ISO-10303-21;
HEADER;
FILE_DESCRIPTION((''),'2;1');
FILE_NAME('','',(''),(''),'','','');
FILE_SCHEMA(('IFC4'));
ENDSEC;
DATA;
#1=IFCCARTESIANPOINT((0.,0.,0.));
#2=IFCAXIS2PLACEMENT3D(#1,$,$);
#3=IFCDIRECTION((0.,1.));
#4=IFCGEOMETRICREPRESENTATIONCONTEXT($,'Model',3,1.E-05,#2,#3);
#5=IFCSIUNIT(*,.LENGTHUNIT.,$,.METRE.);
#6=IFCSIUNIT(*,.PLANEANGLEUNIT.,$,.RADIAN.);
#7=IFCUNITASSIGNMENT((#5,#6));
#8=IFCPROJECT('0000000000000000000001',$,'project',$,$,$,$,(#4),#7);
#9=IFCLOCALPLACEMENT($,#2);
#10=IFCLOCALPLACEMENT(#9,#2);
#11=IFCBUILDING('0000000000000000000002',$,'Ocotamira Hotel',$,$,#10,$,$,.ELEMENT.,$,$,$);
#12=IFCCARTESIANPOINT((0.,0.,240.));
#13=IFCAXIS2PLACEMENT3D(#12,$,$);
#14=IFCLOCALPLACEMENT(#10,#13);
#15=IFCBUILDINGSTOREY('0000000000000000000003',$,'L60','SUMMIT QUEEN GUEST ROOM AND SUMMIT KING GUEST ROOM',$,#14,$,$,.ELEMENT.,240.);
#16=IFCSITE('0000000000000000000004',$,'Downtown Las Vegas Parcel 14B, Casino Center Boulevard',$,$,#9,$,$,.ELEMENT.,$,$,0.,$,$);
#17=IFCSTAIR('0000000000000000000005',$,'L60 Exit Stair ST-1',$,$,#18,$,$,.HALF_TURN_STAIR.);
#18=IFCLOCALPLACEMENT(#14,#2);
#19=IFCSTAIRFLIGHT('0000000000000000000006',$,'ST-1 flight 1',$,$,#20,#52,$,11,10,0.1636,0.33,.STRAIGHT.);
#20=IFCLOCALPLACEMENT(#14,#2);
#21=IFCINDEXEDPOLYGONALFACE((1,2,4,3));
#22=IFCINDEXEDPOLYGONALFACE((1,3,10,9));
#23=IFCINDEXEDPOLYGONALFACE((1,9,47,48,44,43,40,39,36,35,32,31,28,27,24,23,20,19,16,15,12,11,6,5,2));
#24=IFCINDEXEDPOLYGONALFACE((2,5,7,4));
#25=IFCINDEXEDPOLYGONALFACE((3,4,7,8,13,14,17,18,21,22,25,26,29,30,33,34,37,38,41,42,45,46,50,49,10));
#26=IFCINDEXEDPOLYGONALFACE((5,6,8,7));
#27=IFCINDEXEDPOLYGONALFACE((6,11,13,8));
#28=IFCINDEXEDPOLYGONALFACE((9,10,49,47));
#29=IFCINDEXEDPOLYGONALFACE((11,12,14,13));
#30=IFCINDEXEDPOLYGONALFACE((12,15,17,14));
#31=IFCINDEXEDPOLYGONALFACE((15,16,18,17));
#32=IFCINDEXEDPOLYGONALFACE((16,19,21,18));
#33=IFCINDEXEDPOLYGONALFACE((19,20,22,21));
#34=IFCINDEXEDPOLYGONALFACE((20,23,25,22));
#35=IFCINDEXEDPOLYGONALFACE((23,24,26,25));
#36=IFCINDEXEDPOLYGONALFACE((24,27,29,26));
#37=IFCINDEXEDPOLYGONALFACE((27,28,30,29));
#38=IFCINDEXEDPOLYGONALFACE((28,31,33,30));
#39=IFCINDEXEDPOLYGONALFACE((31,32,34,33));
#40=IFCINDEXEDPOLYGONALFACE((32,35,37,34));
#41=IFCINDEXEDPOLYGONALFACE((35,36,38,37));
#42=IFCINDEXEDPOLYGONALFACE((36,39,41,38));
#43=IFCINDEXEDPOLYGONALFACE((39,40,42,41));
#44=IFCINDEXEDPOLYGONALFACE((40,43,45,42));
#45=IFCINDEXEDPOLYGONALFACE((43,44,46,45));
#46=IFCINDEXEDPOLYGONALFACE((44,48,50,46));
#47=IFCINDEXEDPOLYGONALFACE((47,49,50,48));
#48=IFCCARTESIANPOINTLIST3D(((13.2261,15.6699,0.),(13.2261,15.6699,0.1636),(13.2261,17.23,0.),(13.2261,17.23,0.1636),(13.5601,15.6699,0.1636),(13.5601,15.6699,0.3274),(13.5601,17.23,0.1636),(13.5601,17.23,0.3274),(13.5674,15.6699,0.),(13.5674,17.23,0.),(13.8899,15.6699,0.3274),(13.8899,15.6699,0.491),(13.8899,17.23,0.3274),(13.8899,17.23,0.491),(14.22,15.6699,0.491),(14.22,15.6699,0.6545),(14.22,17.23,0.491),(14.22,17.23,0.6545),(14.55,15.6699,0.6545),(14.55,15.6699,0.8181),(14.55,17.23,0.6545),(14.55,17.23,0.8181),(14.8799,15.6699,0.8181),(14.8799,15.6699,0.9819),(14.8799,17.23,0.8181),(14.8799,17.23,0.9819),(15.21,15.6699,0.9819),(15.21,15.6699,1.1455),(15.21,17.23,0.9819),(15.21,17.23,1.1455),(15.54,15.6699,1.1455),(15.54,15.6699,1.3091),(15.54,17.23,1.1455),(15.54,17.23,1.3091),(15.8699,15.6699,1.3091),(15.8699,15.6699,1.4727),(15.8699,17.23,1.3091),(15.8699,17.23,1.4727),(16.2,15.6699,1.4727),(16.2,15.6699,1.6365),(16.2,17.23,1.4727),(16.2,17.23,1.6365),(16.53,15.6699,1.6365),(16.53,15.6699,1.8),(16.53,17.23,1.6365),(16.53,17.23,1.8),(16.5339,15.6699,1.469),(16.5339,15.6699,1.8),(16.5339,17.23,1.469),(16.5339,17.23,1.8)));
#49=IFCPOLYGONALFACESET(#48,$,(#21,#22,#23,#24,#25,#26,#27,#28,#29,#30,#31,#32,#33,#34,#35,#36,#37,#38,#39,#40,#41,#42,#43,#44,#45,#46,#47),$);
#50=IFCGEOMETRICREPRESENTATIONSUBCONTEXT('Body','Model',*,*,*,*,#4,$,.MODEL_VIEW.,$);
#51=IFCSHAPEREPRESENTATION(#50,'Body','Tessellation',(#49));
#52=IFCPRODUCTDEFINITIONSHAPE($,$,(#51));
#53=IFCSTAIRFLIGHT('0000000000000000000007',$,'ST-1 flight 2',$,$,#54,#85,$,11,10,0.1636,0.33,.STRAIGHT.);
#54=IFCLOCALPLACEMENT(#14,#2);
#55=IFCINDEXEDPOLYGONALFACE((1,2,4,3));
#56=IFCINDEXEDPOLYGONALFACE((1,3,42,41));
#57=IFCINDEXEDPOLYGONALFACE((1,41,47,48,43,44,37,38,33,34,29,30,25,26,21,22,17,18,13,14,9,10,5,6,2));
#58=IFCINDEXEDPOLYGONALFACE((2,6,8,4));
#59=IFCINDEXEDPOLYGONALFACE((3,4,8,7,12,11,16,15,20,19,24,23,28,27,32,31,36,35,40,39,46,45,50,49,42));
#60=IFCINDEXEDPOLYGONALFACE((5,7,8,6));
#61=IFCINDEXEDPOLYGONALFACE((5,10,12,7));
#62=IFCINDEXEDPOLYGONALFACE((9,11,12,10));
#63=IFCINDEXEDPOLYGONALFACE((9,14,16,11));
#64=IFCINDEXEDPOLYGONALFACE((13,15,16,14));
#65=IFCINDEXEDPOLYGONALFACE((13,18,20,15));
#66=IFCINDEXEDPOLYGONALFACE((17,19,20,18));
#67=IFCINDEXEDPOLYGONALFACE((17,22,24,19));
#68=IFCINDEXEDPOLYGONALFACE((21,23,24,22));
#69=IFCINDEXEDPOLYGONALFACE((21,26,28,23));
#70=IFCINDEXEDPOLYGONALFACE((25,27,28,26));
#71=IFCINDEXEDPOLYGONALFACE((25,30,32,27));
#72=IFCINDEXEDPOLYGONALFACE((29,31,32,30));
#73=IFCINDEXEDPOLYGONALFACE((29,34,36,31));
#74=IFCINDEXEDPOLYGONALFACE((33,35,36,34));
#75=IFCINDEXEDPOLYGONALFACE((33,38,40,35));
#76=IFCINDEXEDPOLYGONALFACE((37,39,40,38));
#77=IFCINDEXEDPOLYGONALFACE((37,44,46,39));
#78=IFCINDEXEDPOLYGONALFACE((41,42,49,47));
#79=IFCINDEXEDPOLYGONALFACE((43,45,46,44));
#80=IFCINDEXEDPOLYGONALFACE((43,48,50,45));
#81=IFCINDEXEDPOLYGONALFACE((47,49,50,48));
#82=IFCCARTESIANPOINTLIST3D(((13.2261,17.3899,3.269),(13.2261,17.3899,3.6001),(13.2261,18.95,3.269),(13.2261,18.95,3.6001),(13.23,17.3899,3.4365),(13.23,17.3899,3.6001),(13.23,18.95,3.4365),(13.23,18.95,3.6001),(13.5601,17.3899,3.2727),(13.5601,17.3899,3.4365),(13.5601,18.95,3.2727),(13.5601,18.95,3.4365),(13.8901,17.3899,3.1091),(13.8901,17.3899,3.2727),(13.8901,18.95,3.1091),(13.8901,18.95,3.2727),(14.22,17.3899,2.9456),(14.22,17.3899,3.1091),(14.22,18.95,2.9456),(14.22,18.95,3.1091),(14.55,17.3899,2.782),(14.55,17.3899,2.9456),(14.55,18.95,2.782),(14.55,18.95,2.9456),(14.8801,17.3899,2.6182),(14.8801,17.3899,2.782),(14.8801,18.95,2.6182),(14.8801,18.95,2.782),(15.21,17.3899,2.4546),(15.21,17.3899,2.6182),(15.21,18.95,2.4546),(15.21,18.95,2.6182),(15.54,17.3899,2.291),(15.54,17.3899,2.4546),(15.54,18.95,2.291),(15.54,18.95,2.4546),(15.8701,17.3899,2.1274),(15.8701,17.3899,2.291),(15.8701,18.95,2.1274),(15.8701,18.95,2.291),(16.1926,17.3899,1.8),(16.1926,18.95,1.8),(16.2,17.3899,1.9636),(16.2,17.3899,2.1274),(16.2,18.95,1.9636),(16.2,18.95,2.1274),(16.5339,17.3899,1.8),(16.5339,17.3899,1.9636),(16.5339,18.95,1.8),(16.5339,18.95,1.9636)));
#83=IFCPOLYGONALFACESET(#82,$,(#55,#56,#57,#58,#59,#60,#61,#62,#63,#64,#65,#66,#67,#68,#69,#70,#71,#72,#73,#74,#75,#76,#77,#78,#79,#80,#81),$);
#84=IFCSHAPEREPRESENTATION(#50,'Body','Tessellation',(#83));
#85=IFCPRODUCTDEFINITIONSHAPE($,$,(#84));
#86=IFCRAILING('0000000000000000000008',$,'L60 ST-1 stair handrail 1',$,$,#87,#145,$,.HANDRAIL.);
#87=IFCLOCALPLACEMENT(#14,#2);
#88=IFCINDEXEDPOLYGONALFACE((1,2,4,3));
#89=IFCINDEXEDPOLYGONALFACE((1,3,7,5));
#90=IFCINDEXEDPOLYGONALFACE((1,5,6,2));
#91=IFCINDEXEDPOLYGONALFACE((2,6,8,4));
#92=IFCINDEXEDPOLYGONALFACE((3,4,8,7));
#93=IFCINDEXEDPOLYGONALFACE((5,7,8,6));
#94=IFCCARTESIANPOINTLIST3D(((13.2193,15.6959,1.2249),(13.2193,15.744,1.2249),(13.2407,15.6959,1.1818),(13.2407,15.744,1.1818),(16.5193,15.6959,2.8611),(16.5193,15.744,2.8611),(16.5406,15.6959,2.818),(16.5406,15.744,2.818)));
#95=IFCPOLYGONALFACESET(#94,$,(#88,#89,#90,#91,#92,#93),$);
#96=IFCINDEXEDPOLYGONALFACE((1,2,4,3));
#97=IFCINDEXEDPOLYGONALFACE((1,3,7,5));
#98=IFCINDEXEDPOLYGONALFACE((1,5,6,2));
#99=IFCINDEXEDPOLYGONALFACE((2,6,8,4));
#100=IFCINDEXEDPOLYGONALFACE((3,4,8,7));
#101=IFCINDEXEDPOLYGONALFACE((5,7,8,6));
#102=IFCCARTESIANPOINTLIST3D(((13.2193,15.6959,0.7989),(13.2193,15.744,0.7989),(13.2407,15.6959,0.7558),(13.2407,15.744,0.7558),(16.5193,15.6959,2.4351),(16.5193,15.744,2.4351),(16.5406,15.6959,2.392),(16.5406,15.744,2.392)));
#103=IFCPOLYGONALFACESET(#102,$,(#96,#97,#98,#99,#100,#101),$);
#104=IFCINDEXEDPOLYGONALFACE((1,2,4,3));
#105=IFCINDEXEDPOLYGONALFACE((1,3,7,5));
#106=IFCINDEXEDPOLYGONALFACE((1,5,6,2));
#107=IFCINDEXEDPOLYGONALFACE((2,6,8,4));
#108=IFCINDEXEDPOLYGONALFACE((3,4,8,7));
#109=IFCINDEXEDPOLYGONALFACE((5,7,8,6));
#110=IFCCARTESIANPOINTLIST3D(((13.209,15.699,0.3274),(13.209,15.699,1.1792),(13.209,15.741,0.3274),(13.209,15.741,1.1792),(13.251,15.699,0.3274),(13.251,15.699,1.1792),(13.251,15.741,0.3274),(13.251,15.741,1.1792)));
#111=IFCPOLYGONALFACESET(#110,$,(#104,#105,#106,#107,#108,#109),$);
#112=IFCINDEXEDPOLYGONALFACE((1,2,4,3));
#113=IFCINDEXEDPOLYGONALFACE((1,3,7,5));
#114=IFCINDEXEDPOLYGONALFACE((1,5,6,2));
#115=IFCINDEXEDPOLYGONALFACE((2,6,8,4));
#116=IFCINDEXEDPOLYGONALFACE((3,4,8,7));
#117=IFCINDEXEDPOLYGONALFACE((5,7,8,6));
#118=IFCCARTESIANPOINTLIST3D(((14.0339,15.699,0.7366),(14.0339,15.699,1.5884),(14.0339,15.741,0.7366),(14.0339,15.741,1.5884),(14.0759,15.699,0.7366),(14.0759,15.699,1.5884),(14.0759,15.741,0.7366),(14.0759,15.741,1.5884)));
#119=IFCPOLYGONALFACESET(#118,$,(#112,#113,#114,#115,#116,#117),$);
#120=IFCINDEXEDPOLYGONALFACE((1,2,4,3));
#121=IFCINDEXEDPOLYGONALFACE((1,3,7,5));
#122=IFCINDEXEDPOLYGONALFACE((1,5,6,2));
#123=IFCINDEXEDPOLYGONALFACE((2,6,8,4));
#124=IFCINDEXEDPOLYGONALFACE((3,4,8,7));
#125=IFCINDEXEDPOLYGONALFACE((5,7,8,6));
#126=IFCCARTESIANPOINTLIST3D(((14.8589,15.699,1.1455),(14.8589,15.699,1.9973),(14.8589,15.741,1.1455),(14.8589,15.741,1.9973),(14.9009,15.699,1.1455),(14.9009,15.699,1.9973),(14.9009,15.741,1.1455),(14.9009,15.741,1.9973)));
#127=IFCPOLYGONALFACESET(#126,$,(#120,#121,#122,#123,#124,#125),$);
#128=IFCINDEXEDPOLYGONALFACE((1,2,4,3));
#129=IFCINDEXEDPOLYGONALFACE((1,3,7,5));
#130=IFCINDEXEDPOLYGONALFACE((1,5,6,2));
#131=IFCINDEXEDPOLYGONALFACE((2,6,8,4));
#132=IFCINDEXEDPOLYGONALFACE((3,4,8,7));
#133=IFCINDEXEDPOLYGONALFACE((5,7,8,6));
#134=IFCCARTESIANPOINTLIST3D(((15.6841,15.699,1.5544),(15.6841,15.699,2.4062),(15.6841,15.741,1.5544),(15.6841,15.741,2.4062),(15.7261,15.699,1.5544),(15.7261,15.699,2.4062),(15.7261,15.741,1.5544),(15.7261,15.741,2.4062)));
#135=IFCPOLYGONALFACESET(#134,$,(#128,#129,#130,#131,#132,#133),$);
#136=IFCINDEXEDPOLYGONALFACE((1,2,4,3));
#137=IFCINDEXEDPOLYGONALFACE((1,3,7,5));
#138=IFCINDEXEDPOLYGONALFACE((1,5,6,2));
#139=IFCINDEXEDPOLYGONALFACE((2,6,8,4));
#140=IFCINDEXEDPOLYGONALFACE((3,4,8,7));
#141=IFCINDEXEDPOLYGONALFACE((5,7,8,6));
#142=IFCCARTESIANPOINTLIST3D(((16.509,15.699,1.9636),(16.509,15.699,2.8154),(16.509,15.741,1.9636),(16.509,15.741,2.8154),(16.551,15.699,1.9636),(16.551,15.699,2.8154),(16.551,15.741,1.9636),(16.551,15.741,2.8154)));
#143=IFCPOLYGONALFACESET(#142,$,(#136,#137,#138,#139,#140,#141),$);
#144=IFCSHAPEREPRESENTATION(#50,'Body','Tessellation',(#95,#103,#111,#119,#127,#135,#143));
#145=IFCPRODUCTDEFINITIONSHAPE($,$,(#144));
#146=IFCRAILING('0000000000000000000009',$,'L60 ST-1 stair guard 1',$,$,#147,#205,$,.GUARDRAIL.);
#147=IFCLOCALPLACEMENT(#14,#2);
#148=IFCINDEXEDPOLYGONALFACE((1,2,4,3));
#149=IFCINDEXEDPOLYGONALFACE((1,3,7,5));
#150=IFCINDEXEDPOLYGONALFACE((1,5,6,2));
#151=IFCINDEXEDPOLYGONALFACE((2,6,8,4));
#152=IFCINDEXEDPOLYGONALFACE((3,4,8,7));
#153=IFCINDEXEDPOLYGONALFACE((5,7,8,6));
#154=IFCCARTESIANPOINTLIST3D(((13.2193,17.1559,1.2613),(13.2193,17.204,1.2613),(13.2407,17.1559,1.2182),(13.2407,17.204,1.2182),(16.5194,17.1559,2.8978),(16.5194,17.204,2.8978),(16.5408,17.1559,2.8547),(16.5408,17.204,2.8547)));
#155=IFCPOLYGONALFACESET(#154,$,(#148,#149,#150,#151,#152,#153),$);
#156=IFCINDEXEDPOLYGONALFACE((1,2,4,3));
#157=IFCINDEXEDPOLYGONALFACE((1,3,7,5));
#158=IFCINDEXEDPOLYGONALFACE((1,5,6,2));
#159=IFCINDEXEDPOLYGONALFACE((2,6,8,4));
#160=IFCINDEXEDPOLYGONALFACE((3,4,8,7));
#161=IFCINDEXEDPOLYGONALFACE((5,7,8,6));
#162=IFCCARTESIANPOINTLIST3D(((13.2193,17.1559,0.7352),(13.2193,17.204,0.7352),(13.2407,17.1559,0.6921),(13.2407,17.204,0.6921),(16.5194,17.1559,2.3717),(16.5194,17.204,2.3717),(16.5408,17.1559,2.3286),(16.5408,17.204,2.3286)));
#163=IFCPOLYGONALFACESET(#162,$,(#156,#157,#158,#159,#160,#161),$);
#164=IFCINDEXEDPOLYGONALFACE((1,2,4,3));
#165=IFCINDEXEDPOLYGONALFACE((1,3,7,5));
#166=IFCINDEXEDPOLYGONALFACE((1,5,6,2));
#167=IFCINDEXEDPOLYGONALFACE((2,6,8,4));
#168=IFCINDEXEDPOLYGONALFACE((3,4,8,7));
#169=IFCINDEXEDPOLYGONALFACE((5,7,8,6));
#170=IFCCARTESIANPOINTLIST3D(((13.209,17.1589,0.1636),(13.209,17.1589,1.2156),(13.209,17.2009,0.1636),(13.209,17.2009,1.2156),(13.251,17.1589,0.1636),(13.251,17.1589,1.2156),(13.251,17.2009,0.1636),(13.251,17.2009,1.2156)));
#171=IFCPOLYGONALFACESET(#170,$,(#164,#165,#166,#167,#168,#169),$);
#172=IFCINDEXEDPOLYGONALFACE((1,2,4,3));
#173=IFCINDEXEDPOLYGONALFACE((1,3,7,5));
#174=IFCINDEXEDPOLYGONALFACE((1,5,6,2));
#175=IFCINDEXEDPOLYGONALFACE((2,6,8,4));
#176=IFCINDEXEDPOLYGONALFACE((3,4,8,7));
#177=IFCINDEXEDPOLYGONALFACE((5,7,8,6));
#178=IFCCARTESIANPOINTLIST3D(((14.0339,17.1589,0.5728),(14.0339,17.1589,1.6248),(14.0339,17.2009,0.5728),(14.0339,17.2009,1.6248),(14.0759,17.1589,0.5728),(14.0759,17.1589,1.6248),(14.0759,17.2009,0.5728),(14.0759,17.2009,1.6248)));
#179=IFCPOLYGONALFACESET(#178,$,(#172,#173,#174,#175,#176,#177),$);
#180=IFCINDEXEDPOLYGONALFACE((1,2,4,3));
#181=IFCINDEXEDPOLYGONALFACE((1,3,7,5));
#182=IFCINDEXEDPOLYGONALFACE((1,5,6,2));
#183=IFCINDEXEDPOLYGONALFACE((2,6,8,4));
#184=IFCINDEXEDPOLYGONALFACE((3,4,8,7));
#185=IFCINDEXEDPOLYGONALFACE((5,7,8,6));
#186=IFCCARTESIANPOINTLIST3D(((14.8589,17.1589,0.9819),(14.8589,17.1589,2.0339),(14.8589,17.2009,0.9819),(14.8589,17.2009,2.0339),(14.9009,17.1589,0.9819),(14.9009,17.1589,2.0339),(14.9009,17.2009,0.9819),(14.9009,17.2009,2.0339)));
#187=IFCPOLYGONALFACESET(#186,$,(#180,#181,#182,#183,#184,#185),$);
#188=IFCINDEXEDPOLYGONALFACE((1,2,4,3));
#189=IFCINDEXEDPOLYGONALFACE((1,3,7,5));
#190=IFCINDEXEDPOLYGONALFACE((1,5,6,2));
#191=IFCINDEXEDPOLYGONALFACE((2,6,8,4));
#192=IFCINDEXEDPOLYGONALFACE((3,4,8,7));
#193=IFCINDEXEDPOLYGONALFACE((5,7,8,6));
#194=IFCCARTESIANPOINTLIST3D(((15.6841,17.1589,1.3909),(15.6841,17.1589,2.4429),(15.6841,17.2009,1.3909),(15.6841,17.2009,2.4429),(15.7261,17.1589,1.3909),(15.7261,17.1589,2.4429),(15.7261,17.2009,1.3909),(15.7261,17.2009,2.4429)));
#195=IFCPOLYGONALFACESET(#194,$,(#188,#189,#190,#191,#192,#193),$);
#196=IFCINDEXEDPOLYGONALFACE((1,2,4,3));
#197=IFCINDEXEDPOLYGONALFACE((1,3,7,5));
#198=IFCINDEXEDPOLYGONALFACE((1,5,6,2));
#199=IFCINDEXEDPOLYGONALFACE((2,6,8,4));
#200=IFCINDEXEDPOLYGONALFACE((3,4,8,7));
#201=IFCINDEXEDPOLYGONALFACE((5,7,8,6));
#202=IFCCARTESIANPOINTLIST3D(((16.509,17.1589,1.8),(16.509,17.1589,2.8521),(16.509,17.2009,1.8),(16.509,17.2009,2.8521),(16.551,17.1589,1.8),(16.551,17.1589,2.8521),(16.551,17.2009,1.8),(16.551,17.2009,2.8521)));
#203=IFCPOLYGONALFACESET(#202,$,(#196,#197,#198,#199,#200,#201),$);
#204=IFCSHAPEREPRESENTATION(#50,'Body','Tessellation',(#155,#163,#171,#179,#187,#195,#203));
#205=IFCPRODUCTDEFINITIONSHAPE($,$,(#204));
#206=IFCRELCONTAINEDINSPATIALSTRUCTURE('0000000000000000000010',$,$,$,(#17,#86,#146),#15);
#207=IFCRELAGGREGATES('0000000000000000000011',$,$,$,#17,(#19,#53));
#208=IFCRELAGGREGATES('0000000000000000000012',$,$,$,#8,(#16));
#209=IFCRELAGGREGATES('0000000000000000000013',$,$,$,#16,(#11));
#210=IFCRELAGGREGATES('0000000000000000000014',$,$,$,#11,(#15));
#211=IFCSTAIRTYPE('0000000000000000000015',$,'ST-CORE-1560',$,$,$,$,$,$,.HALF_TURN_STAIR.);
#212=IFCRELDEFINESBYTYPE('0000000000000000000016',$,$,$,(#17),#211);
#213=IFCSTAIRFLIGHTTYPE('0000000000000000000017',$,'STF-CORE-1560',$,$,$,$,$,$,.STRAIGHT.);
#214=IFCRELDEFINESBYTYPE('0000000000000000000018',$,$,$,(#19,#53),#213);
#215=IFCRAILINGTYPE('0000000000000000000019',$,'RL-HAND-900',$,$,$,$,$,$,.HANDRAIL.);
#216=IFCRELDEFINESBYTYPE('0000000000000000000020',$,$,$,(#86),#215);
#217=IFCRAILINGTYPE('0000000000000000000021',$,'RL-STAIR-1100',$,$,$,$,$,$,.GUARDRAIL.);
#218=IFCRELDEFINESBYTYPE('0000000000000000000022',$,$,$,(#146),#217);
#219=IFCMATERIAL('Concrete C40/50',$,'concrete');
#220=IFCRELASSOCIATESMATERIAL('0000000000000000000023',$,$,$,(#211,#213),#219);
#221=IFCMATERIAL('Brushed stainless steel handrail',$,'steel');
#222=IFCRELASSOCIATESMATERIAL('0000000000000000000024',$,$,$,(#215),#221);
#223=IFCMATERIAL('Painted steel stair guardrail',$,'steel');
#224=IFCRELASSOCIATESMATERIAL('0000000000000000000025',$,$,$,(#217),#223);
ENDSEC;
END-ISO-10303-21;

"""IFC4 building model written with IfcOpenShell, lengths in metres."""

from ifc_helpers import new_model, si_unit, direction, frame, origin, origin_2d, place, context, subcontext, project, spatial, polyline, rectangle, outline, extrude, source, transform, mapped, material, type_object, element, aggregate, save


model = new_model("IFC4")

# Units and contexts
model_context = context("Model", 3, precision=1e-05, world=origin(), true_north=direction((0.0, 1.0)))
body_context = subcontext(model_context, "Body", "Model", "MODEL_VIEW")
ifc_project = project(units=[si_unit("LENGTHUNIT", "METRE"), si_unit("PLANEANGLEUNIT", "RADIAN")], contexts=[model_context])

# Site, building, storey
site_placement = place(None, origin())
site = spatial("IfcSite", under=ifc_project, at=site_placement, Name="Downtown Las Vegas Parcel 14B, Casino Center Boulevard", CompositionType="ELEMENT", RefElevation=0.0)
building_placement = place(site_placement, origin())
building = spatial("IfcBuilding", under=site, at=building_placement, Name="Ocotamira Hotel", CompositionType="ELEMENT")
storey_placement = place(building_placement, frame((0.0, 0.0, 240.0)))
storey = spatial("IfcBuildingStorey", under=building, at=storey_placement, Name="L60", Description="SUMMIT QUEEN GUEST ROOM AND SUMMIT KING GUEST ROOM", CompositionType="ELEMENT", Elevation=240.0)

# Stair, stair flights
ifc_material_1 = material(Name="Concrete C40/50", Category="concrete")
stair_type = type_object("IfcStairType", Name="ST-CORE-1560", PredefinedType="HALF_TURN_STAIR", material=ifc_material_1)
stair_placement = place(storey_placement, origin())
stair = element("IfcStair", 1, at=stair_placement, inside=storey, type_object=stair_type, Name="L60 Exit Stair ST-1", PredefinedType="HALF_TURN_STAIR")
stair_flight_type = type_object("IfcStairFlightType", Name="STF-CORE-1560", PredefinedType="STRAIGHT", material=ifc_material_1)
shared_shape_1 = source(origin(), body_context, "Body", "SweptSolid", [
    extrude(outline(polyline([(-0.0039, 0.0), (-0.0039, 0.1636), (0.3301, 0.1636), (0.3301, 0.3274), (0.6599, 0.3274), (0.6599, 0.491), (0.99, 0.491), (0.99, 0.6545), (1.3201, 0.6545), (1.3201, 0.8181), (1.6499, 0.8181), (1.6499, 0.9819), (1.98, 0.9819), (1.98, 1.1455), (2.3101, 1.1455), (2.3101, 1.3091), (2.6399, 1.3091), (2.6399, 1.4727), (2.97, 1.4727), (2.97, 1.6365), (3.3, 1.6365), (3.3, 1.8), (3.304, 1.8), (3.304, 1.469), (0.3374, 0.0), (-0.0039, 0.0)])), frame((0.0, 0.78, 0.0), z_axis=(0.0, -1.0, 0.0), x_axis=(1.0, 0.0, 0.0)), (0.0, 0.0, 1.0), 1.5601),
])
stair_flight_1_placement = place(storey_placement, frame((13.23, 16.45, 0.0), z_axis=(0.0, 0.0, 1.0), x_axis=(1.0, 0.0, 0.0)))
stair_flight_1 = element("IfcStairFlight", 2, at=stair_flight_1_placement, type_object=stair_flight_type, Name="ST-1 flight 1", NumberOfRisers=11, NumberOfTreads=10, PredefinedType="STRAIGHT", RiserHeight=0.1636, TreadLength=0.33, context=body_context, shape_type="MappedRepresentation", body=[
    mapped(shared_shape_1, transform((0.0, 0.0, 0.0), scale=1.0)),
])
stair_flight_2_placement = place(storey_placement, frame((16.53, 18.1699, 1.8), z_axis=(0.0, 0.0, 1.0), x_axis=(-1.0, 0.0, 0.0)))
stair_flight_2 = element("IfcStairFlight", 3, at=stair_flight_2_placement, type_object=stair_flight_type, Name="ST-1 flight 2", NumberOfRisers=11, NumberOfTreads=10, PredefinedType="STRAIGHT", RiserHeight=0.1636, TreadLength=0.33, context=body_context, shape_type="MappedRepresentation", body=[
    mapped(shared_shape_1, transform((0.0, 0.0, 0.0), scale=1.0)),
])
aggregate(stair, [stair_flight_1, stair_flight_2])

# Railings
ifc_material_2 = material(Name="Brushed stainless steel handrail", Category="steel")
railing_type_1 = type_object("IfcRailingType", Name="RL-HAND-900", PredefinedType="HANDRAIL", material=ifc_material_2)
railing_1_placement = place(storey_placement, frame((13.23, 15.72, 0.3274)))
element("IfcRailing", 4, at=railing_1_placement, inside=storey, type_object=railing_type_1, Name="L60 ST-1 stair handrail 1", PredefinedType="HANDRAIL", context=body_context, shape_type="SweptSolid", body=[
    extrude(rectangle(XDim=0.0481, YDim=0.0481, at=origin_2d()), frame((0.0, 0.0, 0.876), z_axis=(0.89592, 0.0, 0.444215), x_axis=(0.0, 1.0, 0.0)), (0.0, 0.0, 1.0), 3.6833),
    extrude(rectangle(XDim=0.0481, YDim=0.0481, at=origin_2d()), frame((0.0, 0.0, 0.45), z_axis=(0.89592, 0.0, 0.444215), x_axis=(0.0, 1.0, 0.0)), (0.0, 0.0, 1.0), 3.6833),
    extrude(rectangle(XDim=0.042, YDim=0.042, at=origin_2d()), origin(), (0.0, 0.0, 1.0), 0.8518),
    extrude(rectangle(XDim=0.042, YDim=0.042, at=origin_2d()), frame((0.825, 0.0, 0.4092)), (0.0, 0.0, 1.0), 0.8518),
    extrude(rectangle(XDim=0.042, YDim=0.042, at=origin_2d()), frame((1.6499, 0.0, 0.8181)), (0.0, 0.0, 1.0), 0.8518),
    extrude(rectangle(XDim=0.042, YDim=0.042, at=origin_2d()), frame((2.4751, 0.0, 1.2271)), (0.0, 0.0, 1.0), 0.8518),
    extrude(rectangle(XDim=0.042, YDim=0.042, at=origin_2d()), frame((3.3, 0.0, 1.6362)), (0.0, 0.0, 1.0), 0.8518),
])
ifc_material_3 = material(Name="Painted steel stair guardrail", Category="steel")
railing_type_2 = type_object("IfcRailingType", Name="RL-STAIR-1100", PredefinedType="GUARDRAIL", material=ifc_material_3)
railing_2_placement = place(storey_placement, frame((13.23, 17.1799, 0.1636)))
element("IfcRailing", 5, at=railing_2_placement, inside=storey, type_object=railing_type_2, Name="L60 ST-1 stair guard 1", PredefinedType="GUARDRAIL", context=body_context, shape_type="SweptSolid", body=[
    extrude(rectangle(XDim=0.0481, YDim=0.0481, at=origin_2d()), frame((0.0, 0.0, 1.0762), z_axis=(0.895894, 0.0, 0.444268), x_axis=(0.0, 1.0, 0.0)), (0.0, 0.0, 1.0), 3.6836),
    extrude(rectangle(XDim=0.0481, YDim=0.0481, at=origin_2d()), frame((0.0, 0.0, 0.55), z_axis=(0.895894, 0.0, 0.444268), x_axis=(0.0, 1.0, 0.0)), (0.0, 0.0, 1.0), 3.6836),
    extrude(rectangle(XDim=0.042, YDim=0.042, at=origin_2d()), origin(), (0.0, 0.0, 1.0), 1.052),
    extrude(rectangle(XDim=0.042, YDim=0.042, at=origin_2d()), frame((0.825, 0.0, 0.4092)), (0.0, 0.0, 1.0), 1.052),
    extrude(rectangle(XDim=0.042, YDim=0.042, at=origin_2d()), frame((1.6499, 0.0, 0.8184)), (0.0, 0.0, 1.0), 1.052),
    extrude(rectangle(XDim=0.042, YDim=0.042, at=origin_2d()), frame((2.4751, 0.0, 1.2273)), (0.0, 0.0, 1.0), 1.052),
    extrude(rectangle(XDim=0.042, YDim=0.042, at=origin_2d()), frame((3.3, 0.0, 1.6365)), (0.0, 0.0, 1.0), 1.052),
])

save(model, "model.ifc")
